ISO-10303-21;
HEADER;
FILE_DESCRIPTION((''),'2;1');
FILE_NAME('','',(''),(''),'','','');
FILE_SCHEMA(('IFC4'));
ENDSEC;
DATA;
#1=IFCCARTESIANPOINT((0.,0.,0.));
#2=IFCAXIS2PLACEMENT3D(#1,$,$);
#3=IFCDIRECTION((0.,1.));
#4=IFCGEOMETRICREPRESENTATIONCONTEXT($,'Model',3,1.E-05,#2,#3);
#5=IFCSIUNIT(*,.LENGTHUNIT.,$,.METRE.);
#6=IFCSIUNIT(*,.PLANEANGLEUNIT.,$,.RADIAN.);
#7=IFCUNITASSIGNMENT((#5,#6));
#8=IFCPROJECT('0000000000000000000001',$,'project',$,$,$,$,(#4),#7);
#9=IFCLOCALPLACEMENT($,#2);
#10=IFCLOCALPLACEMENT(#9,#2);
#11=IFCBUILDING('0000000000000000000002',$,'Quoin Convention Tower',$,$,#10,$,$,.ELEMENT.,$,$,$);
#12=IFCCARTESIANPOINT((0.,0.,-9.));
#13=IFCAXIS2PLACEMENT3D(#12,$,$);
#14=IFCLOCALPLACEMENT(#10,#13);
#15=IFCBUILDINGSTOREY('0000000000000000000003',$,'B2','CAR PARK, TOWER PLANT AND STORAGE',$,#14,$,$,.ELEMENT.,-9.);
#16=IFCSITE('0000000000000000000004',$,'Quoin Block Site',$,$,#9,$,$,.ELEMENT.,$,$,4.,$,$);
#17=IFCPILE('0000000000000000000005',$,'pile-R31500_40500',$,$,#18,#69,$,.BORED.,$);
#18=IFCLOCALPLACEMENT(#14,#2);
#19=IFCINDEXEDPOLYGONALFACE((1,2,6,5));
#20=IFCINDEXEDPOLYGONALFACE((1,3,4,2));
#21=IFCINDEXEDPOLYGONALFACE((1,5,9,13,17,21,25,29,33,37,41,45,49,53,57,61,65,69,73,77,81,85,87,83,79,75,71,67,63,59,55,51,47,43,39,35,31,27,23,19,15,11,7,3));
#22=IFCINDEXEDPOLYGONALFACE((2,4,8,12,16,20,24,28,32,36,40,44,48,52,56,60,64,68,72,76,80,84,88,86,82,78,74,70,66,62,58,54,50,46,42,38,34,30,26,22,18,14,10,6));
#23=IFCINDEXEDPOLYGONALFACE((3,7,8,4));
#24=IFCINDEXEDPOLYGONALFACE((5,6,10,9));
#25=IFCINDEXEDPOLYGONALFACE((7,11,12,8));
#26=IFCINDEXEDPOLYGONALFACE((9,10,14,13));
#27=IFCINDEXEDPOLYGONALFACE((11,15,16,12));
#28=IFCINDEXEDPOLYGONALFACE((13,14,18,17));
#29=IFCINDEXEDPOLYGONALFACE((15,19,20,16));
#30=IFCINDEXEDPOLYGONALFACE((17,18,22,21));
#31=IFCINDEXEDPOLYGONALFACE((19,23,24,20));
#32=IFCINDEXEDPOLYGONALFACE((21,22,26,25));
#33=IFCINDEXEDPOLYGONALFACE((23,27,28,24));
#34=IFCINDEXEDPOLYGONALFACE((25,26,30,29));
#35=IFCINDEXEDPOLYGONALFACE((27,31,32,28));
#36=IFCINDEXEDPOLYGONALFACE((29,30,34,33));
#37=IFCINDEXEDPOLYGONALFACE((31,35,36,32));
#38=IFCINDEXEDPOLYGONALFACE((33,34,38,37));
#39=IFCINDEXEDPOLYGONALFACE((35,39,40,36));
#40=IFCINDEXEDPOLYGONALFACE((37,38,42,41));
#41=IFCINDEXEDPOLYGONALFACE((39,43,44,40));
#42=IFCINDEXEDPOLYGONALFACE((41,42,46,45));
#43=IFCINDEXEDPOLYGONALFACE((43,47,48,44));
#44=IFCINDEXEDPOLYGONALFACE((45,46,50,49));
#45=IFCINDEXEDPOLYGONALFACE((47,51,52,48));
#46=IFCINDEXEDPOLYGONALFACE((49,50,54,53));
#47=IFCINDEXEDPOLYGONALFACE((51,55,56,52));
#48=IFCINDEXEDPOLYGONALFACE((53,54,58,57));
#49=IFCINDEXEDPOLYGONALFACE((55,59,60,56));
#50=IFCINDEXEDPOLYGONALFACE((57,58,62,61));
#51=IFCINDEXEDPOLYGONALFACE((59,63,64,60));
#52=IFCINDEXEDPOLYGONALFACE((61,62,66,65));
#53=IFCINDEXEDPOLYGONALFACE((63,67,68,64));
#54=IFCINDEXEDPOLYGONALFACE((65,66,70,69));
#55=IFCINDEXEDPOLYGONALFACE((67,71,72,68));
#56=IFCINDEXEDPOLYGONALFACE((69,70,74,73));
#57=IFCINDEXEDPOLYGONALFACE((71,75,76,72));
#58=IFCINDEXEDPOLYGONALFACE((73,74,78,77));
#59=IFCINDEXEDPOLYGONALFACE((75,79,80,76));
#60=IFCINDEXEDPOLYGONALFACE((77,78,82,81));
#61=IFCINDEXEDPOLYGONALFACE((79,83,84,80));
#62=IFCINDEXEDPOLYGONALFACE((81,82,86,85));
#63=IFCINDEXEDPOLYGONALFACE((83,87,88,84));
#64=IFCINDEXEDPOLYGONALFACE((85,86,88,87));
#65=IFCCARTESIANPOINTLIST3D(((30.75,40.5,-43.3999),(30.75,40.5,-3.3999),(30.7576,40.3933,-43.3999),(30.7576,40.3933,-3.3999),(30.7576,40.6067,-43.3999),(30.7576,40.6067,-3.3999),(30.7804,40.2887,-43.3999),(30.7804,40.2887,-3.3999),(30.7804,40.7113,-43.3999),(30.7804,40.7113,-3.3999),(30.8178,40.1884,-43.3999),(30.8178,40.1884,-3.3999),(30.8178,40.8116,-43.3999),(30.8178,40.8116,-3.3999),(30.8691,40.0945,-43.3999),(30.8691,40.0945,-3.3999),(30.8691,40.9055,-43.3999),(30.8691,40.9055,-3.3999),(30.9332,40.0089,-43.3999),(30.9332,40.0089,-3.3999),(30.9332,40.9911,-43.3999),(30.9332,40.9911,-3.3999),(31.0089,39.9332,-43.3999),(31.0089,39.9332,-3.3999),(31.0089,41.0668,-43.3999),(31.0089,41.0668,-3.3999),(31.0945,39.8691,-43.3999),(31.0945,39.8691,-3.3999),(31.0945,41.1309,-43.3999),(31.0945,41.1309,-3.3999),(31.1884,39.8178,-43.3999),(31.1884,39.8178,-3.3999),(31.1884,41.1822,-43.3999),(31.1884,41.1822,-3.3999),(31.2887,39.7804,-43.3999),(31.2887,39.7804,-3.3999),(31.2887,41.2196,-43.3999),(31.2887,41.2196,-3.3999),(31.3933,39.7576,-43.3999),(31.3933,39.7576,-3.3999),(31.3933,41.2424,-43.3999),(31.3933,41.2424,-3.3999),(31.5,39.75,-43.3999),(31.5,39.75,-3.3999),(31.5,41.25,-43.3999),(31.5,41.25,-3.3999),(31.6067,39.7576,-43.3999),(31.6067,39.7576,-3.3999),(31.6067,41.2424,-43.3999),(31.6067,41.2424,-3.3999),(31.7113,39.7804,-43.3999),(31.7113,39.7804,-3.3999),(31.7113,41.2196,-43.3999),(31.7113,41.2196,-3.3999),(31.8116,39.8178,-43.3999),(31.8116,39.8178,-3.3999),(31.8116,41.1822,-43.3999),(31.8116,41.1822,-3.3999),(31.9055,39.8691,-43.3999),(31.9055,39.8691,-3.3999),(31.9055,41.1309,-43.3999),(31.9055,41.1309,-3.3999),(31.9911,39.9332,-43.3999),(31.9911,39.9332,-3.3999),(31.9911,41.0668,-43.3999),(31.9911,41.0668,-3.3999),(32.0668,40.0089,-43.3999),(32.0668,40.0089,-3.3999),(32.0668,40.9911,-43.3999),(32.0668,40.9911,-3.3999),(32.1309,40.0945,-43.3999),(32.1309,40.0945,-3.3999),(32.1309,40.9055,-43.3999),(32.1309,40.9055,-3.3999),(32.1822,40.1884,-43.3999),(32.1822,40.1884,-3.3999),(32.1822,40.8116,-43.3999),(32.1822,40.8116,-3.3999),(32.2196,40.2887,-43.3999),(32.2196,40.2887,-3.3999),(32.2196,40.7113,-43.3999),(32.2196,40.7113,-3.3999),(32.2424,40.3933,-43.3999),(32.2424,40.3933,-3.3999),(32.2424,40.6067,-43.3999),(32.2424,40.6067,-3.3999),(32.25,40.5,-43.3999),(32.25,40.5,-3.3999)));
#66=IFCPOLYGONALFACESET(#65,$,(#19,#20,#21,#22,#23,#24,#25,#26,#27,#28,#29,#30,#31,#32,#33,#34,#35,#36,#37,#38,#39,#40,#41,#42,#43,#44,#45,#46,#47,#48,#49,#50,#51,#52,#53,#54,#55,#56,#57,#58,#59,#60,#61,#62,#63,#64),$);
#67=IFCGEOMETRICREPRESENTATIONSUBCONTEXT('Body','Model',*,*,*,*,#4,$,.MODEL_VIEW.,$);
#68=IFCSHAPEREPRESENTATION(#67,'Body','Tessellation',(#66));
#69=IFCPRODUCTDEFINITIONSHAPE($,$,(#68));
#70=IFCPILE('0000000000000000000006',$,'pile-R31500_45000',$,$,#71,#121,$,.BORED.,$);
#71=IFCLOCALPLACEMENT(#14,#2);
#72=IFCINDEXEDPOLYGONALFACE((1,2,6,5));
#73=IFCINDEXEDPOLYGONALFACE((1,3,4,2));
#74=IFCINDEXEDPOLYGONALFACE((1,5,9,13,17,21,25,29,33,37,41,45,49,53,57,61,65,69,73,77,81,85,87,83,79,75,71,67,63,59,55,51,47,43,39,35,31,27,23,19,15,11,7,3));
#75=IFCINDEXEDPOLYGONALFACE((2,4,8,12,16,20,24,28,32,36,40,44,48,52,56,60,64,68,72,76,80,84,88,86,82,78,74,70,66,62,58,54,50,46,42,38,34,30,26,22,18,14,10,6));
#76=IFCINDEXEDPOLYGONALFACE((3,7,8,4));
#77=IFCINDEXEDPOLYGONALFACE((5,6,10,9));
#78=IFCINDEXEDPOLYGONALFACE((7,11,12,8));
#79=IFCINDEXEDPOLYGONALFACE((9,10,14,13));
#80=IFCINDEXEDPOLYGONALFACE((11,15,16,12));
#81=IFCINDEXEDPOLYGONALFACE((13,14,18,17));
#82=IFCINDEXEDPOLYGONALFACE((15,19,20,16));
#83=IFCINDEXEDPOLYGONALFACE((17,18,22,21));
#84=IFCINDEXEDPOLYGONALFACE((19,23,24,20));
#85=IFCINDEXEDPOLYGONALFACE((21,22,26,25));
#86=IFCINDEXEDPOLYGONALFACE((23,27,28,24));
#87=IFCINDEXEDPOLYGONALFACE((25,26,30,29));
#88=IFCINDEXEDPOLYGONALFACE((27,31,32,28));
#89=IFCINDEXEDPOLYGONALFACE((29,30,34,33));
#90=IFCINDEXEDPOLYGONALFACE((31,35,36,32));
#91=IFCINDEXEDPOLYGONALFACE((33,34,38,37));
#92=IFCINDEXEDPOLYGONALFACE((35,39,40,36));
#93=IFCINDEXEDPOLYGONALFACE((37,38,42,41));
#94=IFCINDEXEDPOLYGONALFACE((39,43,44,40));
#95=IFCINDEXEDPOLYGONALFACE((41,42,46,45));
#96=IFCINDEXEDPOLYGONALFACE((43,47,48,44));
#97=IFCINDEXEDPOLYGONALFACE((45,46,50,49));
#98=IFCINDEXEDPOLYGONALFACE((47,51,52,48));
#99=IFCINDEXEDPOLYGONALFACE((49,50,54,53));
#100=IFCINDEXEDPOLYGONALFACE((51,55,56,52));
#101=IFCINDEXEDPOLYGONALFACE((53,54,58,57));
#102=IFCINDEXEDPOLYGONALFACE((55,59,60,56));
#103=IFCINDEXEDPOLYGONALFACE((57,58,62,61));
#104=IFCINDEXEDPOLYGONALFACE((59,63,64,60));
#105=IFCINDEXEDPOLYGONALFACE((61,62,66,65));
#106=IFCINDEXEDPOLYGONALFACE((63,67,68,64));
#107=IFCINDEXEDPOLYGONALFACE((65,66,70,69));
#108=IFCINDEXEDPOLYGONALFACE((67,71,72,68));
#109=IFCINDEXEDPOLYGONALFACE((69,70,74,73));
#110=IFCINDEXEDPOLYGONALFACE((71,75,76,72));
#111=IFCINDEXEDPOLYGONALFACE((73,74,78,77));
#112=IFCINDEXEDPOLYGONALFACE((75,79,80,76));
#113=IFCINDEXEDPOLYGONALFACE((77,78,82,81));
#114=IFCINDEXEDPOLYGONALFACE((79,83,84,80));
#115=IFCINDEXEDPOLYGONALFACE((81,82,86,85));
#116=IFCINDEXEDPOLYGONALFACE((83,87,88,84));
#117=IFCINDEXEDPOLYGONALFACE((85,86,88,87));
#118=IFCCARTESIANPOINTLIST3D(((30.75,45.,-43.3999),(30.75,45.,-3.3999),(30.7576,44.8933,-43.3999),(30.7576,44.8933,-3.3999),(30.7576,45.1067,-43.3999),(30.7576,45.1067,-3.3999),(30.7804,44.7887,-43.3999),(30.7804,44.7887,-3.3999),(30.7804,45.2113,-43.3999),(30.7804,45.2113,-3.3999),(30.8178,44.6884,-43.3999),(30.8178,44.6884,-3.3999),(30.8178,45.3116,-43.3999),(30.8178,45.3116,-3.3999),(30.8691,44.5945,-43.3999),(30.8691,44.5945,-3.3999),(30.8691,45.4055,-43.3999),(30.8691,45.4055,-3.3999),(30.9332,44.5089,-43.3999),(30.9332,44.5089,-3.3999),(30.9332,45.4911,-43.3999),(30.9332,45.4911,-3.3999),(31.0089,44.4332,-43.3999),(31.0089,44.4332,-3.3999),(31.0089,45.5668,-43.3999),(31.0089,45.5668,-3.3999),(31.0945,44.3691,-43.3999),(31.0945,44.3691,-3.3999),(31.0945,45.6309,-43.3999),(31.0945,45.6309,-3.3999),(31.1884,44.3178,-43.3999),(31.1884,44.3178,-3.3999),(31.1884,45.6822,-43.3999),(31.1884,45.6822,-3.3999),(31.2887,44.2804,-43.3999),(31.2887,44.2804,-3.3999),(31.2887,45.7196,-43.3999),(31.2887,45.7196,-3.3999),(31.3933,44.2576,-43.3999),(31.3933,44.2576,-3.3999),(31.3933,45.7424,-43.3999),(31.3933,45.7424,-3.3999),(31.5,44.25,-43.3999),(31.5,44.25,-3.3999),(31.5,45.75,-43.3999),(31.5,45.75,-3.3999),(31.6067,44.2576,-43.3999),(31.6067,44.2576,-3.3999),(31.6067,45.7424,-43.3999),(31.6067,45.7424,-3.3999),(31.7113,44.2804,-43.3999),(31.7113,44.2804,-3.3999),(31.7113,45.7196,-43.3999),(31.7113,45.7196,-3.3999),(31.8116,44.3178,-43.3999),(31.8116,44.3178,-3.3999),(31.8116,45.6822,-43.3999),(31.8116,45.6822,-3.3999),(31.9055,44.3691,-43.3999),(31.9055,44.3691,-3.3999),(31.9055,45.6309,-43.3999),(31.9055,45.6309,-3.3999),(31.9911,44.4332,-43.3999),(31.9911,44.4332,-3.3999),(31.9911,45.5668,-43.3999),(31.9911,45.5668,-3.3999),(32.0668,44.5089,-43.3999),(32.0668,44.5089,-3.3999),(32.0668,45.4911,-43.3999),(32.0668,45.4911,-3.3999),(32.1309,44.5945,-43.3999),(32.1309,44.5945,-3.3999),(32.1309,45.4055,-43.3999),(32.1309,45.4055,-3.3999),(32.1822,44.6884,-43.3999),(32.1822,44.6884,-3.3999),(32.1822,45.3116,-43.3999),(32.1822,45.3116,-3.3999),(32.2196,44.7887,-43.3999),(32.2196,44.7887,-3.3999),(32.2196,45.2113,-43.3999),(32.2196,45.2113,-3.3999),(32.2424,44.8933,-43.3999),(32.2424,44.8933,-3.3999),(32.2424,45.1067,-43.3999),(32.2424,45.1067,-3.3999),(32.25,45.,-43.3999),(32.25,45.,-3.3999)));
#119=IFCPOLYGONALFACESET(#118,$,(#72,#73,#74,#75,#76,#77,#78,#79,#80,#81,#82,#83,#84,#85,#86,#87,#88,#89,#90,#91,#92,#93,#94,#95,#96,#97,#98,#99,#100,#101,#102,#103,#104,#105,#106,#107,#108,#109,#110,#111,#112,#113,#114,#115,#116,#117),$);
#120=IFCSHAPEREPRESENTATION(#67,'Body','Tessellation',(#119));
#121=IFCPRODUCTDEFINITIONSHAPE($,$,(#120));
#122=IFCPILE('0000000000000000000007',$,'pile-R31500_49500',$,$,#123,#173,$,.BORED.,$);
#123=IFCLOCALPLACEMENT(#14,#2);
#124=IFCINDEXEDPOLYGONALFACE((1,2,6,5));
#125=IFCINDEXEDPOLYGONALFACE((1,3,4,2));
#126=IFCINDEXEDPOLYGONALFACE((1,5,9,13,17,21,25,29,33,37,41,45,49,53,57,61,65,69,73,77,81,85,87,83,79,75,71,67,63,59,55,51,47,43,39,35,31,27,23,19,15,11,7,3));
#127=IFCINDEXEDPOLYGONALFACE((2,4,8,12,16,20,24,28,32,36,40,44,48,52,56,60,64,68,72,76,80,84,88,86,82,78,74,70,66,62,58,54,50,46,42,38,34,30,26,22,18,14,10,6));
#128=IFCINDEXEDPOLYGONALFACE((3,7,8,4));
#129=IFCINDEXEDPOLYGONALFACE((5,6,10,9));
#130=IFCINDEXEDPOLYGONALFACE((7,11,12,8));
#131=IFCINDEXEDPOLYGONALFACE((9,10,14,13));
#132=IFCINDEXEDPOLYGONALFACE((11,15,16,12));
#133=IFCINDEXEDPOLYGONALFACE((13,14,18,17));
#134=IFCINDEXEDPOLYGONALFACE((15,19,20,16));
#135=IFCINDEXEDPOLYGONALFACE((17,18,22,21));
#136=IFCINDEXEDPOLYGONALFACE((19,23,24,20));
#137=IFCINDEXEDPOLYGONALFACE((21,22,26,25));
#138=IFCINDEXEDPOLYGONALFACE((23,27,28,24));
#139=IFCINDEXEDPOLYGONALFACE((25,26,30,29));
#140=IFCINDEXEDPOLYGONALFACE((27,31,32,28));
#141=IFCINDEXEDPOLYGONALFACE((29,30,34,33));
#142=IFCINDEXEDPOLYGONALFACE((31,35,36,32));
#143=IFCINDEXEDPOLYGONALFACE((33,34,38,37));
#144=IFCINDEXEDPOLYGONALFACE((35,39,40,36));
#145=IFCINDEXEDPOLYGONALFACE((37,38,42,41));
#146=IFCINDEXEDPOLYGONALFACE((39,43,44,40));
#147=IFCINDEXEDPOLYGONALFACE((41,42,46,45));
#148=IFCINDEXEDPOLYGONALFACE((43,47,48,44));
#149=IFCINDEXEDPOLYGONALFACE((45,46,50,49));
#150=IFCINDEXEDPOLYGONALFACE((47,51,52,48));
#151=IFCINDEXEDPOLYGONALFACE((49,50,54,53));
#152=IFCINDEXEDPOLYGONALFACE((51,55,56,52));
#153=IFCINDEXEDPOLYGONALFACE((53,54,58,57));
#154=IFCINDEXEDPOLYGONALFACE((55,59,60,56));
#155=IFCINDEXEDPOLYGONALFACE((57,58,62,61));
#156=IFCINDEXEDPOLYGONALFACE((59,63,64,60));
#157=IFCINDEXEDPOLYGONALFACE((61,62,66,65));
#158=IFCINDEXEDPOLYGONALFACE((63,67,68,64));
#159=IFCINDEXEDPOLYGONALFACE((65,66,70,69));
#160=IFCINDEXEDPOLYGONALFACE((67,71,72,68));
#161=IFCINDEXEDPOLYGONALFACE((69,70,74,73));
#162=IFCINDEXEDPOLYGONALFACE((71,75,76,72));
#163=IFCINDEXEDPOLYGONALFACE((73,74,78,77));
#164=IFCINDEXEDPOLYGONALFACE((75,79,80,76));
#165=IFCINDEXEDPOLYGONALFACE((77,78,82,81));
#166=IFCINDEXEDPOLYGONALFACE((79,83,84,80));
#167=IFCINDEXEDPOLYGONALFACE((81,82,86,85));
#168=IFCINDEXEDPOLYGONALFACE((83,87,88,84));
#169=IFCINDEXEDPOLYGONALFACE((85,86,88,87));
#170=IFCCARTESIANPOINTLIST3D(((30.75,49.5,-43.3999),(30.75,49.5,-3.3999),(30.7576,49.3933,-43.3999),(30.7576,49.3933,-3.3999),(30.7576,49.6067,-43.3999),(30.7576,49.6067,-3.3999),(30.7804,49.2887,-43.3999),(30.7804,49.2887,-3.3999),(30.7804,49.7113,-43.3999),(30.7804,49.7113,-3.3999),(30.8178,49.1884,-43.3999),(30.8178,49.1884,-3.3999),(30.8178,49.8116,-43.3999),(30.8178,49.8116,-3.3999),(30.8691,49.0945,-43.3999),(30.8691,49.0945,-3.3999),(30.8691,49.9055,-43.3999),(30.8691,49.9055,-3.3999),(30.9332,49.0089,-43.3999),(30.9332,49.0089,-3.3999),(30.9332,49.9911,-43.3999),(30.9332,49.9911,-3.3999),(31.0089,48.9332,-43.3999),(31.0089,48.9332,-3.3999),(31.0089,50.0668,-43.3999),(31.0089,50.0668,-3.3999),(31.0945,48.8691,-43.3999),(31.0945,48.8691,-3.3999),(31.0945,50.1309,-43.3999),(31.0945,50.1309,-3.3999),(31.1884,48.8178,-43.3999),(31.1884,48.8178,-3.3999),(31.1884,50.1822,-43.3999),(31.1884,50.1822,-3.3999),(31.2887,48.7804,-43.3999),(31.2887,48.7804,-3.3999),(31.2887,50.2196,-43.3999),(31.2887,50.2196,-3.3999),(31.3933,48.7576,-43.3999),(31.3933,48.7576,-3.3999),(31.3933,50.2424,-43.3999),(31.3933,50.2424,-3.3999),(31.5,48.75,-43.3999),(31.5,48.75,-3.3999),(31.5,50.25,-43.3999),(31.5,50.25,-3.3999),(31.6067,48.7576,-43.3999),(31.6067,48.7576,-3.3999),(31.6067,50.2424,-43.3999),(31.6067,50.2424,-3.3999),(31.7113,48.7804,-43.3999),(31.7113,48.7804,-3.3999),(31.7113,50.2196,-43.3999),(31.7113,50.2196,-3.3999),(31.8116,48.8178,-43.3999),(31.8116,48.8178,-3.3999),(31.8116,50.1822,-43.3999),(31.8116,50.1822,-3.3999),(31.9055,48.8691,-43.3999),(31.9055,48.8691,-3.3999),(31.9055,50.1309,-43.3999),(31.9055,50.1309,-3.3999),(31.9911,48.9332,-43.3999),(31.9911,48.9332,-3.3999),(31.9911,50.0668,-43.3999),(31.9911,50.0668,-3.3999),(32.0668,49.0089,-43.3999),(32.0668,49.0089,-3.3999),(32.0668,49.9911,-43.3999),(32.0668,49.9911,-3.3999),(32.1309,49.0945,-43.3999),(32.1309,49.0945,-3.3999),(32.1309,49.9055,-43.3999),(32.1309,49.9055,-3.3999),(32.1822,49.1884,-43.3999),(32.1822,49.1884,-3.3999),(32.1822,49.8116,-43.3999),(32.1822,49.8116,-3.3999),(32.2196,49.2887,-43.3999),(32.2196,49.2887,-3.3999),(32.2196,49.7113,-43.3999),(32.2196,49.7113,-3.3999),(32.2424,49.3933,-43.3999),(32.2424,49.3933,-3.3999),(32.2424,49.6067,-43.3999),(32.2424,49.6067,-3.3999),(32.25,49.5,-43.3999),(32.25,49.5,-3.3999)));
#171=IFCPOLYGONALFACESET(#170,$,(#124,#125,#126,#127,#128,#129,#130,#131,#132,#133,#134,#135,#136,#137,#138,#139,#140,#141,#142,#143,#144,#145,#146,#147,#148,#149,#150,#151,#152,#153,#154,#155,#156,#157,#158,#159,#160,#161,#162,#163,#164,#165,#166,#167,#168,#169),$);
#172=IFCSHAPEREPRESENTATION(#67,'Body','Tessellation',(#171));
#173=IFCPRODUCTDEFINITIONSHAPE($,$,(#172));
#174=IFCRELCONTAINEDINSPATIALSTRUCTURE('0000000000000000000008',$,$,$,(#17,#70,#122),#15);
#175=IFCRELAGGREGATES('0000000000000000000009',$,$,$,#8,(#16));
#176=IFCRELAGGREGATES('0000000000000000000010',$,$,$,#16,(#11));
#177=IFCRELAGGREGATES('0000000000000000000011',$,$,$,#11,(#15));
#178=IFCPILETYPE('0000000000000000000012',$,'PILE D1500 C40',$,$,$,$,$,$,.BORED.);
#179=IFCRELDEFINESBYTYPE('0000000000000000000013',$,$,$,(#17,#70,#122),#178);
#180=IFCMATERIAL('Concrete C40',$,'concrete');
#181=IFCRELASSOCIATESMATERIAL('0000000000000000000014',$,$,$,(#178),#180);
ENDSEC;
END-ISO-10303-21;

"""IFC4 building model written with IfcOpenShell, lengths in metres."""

from ifc_helpers import new_model, si_unit, direction, frame, origin, origin_2d, place, context, subcontext, project, spatial, circle, extrude, material, material_profile, profile_set, type_object, element, save


model = new_model("IFC4")

# Units and contexts
model_context = context("Model", 3, precision=1e-05, world=origin(), true_north=direction((0.0, 1.0)))
body_context = subcontext(model_context, "Body", "Model", "MODEL_VIEW")
ifc_project = project(units=[si_unit("LENGTHUNIT", "METRE"), si_unit("PLANEANGLEUNIT", "RADIAN")], contexts=[model_context])

# Site, building, storey
site_placement = place(None, origin())
site = spatial("IfcSite", under=ifc_project, at=site_placement, Name="Quoin Block Site", CompositionType="ELEMENT", RefElevation=4.0)
building_placement = place(site_placement, origin())
building = spatial("IfcBuilding", under=site, at=building_placement, Name="Quoin Convention Tower", CompositionType="ELEMENT")
storey_placement = place(building_placement, frame((0.0, 0.0, -9.0)))
storey = spatial("IfcBuildingStorey", under=building, at=storey_placement, Name="B2", Description="CAR PARK, TOWER PLANT AND STORAGE", CompositionType="ELEMENT", Elevation=-9.0)

# Piles
ifc_material_1 = material(Name="Concrete C40", Category="concrete")
ifc_material_profile_1 = material_profile(ifc_material_1, circle(Radius=0.75, at=origin_2d()), Name="D1500")
ifc_profile_set_1 = profile_set([ifc_material_profile_1], Name="Concrete C40")
pile_type = type_object("IfcPileType", Name="PILE D1500 C40", PredefinedType="BORED", material=ifc_profile_set_1)
for number, where, z_axis, x_axis, name in (
    (1, (31.5, 40.5, -3.3999), (0.0, 0.0, -1.0), (1.0, 0.0, 0.0), "pile-R31500_40500"),
    (2, (31.5, 45.0, -3.3999), (0.0, 0.0, -1.0), (1.0, 0.0, 0.0), "pile-R31500_45000"),
    (3, (31.5, 49.5, -3.3999), (0.0, 0.0, -1.0), (1.0, 0.0, 0.0), "pile-R31500_49500"),
):
    element("IfcPile", number, at=place(storey_placement, frame(where, z_axis=z_axis, x_axis=x_axis)), inside=storey, type_object=pile_type, Name=name, PredefinedType="BORED", context=body_context, shape_type="SweptSolid", body=[
        extrude(circle(Radius=0.75, at=origin_2d()), origin(), (0.0, 0.0, 1.0), 40.0),
    ])

save(model, "model.ifc")
